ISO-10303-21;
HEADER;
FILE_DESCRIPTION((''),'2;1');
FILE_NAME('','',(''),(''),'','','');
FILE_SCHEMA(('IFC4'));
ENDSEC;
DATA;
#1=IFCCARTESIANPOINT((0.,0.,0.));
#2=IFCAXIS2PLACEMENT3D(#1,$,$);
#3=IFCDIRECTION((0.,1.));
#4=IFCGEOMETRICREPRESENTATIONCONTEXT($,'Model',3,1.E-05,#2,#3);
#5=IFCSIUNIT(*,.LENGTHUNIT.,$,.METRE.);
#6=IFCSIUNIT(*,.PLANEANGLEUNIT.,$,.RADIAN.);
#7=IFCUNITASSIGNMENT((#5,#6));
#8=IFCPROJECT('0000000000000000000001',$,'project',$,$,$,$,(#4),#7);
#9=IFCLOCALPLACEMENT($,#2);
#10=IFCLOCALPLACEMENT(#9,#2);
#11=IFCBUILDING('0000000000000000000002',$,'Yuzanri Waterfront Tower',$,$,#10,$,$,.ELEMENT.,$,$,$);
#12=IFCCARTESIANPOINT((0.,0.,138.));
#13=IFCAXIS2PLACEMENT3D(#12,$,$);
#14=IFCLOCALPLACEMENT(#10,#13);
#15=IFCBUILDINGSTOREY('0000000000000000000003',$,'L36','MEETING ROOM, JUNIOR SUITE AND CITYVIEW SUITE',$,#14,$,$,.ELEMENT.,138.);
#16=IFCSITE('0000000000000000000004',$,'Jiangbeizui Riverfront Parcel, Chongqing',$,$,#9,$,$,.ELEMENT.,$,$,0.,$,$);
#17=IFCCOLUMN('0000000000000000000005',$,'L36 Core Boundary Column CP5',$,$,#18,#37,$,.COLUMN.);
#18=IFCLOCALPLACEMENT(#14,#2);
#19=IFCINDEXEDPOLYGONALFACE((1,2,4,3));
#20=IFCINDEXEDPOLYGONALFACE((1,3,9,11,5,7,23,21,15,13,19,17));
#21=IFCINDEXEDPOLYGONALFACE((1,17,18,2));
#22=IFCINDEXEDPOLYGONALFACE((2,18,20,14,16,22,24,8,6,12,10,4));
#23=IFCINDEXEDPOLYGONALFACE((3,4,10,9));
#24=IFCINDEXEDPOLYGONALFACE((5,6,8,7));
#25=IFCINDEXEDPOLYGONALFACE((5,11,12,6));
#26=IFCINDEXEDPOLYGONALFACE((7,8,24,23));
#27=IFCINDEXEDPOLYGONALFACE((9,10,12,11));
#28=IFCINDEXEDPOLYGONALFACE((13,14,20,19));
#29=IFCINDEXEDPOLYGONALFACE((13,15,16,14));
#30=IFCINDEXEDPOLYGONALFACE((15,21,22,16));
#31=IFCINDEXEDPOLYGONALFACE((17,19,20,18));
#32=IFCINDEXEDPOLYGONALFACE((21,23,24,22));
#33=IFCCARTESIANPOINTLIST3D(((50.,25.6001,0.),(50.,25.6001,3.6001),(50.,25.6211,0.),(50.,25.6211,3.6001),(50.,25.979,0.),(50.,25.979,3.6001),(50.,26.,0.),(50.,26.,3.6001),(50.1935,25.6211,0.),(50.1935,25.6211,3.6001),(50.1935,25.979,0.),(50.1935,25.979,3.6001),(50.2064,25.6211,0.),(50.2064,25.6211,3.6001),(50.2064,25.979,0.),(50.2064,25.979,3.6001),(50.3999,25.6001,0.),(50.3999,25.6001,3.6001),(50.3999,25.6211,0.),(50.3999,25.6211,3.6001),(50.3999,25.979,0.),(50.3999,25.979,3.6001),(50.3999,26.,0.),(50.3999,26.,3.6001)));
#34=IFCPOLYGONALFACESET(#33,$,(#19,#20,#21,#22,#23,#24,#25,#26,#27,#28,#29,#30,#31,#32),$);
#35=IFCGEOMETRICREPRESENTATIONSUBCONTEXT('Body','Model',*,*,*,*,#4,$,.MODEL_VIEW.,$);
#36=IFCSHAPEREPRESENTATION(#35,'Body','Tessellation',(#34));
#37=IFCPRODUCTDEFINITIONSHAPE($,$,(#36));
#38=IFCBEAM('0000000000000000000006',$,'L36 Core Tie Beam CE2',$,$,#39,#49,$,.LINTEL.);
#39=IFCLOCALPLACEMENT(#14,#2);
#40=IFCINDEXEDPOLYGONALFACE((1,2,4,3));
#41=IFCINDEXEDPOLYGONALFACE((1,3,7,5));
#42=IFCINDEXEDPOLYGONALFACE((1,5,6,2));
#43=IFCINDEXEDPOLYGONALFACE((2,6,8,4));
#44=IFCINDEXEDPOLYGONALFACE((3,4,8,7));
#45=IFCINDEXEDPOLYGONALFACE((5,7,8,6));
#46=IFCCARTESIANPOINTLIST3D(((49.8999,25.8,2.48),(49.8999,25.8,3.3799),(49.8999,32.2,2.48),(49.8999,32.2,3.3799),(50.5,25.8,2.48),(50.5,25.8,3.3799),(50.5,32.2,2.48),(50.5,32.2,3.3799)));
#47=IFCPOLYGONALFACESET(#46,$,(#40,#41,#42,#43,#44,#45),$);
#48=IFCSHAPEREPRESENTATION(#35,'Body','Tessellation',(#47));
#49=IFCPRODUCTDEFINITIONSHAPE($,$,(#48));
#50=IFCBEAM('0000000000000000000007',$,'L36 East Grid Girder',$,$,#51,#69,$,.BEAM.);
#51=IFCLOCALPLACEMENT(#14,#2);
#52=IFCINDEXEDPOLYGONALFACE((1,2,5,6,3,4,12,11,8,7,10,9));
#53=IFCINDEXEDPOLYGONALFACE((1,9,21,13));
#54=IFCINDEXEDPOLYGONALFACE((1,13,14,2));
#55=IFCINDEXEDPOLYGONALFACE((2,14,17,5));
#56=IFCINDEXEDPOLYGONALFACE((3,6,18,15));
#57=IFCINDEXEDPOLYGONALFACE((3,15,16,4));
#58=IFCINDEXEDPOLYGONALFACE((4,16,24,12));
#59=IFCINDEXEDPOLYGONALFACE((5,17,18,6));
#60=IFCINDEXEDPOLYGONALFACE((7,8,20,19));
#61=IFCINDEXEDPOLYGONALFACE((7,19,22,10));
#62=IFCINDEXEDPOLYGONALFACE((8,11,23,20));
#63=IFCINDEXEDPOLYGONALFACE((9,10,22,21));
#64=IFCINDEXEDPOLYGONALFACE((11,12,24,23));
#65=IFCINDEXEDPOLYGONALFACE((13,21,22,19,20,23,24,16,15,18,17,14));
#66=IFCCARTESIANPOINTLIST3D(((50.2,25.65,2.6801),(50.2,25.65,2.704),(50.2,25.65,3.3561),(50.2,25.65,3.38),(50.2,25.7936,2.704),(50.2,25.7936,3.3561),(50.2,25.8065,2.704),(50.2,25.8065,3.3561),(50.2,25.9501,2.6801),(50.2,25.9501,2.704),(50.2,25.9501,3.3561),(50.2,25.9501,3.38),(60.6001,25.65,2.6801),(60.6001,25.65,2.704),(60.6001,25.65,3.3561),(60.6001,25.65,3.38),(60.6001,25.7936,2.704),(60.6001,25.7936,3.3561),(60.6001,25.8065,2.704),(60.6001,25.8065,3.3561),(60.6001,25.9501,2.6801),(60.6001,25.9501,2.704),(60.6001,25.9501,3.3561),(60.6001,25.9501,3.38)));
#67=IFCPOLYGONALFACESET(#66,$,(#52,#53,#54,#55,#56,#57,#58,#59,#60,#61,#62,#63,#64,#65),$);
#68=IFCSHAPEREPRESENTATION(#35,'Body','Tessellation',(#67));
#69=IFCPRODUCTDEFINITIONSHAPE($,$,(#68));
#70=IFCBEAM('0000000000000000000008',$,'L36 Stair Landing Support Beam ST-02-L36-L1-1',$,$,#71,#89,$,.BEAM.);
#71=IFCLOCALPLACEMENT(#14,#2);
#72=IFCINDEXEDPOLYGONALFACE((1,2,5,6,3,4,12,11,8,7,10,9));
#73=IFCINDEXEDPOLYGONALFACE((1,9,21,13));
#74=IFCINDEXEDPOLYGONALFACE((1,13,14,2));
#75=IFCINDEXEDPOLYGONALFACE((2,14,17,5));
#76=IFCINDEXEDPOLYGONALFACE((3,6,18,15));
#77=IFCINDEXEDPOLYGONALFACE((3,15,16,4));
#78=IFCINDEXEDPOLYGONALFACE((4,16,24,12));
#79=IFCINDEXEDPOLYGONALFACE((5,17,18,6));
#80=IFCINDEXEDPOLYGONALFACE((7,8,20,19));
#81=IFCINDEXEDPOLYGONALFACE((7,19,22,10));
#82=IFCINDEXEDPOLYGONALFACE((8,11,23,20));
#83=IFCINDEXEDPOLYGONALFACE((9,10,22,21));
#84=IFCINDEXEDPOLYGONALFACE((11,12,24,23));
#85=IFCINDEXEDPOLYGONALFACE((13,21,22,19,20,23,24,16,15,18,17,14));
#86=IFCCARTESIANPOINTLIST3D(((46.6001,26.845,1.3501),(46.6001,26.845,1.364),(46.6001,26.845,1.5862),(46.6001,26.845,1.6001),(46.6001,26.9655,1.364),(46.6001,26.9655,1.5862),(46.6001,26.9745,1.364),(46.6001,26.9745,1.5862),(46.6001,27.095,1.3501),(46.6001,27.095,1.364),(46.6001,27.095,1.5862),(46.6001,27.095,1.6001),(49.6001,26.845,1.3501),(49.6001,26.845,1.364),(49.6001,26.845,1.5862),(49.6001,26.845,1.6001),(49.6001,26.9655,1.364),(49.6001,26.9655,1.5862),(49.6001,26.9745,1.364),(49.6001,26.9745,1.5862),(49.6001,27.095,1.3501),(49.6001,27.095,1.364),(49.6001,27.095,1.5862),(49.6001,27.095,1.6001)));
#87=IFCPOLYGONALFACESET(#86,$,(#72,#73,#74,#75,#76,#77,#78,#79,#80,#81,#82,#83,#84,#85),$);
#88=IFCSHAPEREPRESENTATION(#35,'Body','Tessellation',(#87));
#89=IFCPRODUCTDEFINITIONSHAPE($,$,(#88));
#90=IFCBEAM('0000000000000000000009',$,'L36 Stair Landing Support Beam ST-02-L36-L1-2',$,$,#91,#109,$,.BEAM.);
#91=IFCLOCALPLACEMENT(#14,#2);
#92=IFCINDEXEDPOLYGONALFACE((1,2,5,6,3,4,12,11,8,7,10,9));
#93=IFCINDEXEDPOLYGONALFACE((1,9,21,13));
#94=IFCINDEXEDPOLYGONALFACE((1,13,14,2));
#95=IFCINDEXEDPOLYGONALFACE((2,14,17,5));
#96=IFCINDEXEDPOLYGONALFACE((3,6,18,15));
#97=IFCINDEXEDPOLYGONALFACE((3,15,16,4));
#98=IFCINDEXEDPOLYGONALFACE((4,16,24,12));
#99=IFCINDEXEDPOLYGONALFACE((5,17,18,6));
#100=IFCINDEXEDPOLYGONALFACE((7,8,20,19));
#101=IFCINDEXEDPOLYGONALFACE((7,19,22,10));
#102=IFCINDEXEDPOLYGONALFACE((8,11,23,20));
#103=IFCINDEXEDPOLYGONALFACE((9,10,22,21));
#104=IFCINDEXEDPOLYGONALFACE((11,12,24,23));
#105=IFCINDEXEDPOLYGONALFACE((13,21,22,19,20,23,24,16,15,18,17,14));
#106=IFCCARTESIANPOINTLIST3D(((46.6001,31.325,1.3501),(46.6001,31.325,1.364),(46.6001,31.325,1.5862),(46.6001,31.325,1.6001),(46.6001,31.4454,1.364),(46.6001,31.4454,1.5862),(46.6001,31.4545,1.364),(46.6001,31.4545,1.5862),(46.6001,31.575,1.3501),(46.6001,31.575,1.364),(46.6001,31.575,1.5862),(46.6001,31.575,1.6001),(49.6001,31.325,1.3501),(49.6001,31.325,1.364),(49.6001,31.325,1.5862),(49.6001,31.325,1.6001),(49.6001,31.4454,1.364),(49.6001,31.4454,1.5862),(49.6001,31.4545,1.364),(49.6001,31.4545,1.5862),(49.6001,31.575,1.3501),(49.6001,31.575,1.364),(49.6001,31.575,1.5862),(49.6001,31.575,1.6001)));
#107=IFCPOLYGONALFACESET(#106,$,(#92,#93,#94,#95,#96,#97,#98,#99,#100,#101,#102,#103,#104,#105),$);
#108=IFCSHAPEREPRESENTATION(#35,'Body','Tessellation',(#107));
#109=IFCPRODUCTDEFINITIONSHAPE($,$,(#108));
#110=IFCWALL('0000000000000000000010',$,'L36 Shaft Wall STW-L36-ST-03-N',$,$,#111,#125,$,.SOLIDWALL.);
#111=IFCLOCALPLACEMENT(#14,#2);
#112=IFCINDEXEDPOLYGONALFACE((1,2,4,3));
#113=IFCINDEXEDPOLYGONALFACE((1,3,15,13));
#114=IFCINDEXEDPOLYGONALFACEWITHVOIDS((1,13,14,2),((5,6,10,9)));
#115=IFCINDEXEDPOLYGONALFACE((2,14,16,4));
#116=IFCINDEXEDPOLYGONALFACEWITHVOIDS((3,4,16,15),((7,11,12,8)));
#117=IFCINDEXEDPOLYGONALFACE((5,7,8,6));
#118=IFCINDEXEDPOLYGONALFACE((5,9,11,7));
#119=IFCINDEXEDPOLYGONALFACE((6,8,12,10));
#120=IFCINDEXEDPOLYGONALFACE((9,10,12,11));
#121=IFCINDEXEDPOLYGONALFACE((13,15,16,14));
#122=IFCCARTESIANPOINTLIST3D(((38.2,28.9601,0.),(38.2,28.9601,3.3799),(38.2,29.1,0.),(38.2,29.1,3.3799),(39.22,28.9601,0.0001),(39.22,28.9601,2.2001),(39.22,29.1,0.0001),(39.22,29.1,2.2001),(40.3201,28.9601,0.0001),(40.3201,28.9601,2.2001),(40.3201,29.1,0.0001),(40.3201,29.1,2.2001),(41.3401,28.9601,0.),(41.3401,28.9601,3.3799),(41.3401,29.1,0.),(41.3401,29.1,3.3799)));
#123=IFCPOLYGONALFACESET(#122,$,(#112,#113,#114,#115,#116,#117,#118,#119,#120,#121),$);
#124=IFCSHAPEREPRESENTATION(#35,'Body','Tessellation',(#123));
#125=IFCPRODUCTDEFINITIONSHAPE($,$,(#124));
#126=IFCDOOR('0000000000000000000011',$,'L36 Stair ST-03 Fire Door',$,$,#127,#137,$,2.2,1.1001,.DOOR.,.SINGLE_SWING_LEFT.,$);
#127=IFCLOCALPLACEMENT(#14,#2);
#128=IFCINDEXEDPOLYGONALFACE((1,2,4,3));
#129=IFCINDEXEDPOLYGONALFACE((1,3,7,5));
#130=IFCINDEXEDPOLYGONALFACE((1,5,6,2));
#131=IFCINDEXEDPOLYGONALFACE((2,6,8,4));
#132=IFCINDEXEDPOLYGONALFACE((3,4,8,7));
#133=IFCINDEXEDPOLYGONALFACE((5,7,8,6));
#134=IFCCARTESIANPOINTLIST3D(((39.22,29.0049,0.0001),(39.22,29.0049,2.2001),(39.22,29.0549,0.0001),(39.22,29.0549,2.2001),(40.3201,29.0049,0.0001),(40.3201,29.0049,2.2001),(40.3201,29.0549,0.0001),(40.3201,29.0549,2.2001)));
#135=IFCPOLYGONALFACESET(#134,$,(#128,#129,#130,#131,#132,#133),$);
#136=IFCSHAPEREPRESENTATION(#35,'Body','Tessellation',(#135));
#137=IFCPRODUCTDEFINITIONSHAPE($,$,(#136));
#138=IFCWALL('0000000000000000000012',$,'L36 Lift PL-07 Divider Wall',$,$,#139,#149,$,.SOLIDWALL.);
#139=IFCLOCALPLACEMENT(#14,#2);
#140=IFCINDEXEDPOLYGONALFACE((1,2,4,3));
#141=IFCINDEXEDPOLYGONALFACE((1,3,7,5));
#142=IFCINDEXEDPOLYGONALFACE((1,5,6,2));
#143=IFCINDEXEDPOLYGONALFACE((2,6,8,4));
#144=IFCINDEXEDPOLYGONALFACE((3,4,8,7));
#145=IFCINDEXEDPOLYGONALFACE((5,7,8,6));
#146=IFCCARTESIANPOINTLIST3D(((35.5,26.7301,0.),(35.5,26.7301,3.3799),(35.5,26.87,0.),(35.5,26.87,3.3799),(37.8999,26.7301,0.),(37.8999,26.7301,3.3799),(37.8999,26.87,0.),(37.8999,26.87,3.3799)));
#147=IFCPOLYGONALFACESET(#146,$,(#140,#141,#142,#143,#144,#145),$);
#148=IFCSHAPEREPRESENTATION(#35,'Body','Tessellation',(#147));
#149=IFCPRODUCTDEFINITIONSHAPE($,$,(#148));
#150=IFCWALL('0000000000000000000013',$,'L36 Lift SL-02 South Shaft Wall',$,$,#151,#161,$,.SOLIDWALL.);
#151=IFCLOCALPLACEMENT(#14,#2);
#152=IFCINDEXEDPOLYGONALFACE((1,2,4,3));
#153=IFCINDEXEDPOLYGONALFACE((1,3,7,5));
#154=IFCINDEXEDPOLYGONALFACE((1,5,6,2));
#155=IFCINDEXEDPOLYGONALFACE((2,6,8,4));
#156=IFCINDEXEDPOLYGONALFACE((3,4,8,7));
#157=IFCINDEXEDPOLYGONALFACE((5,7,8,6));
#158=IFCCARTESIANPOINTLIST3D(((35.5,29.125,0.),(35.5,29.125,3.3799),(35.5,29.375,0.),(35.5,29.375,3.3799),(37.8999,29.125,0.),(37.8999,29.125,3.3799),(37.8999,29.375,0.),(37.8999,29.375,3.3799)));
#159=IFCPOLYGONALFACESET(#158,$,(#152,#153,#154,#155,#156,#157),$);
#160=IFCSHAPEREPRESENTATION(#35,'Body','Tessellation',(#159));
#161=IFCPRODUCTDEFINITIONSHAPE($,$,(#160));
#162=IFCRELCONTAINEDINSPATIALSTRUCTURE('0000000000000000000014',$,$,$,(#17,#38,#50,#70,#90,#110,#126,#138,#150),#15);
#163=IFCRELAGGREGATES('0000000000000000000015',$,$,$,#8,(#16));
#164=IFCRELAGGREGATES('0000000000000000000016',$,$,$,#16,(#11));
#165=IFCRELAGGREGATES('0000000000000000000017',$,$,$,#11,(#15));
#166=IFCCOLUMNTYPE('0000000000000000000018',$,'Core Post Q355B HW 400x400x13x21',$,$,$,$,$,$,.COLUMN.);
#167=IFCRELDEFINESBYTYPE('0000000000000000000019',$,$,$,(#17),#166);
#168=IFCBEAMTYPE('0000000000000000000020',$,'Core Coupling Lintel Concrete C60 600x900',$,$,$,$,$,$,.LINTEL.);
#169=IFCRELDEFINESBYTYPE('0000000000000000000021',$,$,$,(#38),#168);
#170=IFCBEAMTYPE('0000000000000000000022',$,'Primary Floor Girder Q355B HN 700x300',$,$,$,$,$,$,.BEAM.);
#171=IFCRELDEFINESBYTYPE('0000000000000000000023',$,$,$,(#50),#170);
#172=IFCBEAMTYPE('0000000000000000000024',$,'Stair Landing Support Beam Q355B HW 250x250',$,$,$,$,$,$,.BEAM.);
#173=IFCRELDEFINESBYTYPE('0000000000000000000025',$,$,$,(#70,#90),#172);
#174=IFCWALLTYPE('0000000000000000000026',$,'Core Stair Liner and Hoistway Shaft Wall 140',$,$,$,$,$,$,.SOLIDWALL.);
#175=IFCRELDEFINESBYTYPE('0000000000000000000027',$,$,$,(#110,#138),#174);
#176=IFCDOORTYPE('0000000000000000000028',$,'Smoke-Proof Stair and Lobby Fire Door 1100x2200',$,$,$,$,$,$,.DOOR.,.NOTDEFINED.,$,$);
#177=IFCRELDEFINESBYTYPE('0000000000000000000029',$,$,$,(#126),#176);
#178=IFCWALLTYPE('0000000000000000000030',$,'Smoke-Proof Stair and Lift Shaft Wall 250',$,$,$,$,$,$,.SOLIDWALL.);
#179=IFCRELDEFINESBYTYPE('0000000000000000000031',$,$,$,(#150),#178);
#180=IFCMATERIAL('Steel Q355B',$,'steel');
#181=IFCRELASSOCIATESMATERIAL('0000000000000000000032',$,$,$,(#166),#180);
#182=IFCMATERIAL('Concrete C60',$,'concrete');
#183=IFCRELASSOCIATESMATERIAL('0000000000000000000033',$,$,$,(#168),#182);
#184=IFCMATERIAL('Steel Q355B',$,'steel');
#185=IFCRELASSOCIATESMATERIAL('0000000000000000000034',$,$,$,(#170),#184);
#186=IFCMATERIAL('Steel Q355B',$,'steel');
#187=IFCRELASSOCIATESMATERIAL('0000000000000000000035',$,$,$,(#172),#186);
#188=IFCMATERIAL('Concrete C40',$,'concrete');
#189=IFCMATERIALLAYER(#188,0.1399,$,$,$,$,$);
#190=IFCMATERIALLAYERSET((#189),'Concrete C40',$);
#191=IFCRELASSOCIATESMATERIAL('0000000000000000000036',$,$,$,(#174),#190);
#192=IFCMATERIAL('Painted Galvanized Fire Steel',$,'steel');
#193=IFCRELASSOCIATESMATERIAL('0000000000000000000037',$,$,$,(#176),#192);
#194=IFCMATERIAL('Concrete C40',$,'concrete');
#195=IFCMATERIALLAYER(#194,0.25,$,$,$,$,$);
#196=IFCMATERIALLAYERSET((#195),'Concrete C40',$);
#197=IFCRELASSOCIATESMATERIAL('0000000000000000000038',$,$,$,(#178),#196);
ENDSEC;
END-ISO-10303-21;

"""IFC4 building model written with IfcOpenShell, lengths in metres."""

from ifc_helpers import new_model, si_unit, direction, frame, frame_2d, origin, origin_2d, place, context, subcontext, project, spatial, rectangle, i_section, extrude, source, transform, mapped, material, layer, layer_set, material_profile, profile_set, type_object, element, fill, save


model = new_model("IFC4")

# Units and contexts
model_context = context("Model", 3, precision=1e-05, world=origin(), true_north=direction((0.0, 1.0)))
body_context = subcontext(model_context, "Body", "Model", "MODEL_VIEW")
ifc_project = project(units=[si_unit("LENGTHUNIT", "METRE"), si_unit("PLANEANGLEUNIT", "RADIAN")], contexts=[model_context])

# Site, building, storey
site_placement = place(None, origin())
site = spatial("IfcSite", under=ifc_project, at=site_placement, Name="Jiangbeizui Riverfront Parcel, Chongqing", CompositionType="ELEMENT", RefElevation=0.0)
building_placement = place(site_placement, origin())
building = spatial("IfcBuilding", under=site, at=building_placement, Name="Yuzanri Waterfront Tower", CompositionType="ELEMENT")
storey_placement = place(building_placement, frame((0.0, 0.0, 138.0)))
storey = spatial("IfcBuildingStorey", under=building, at=storey_placement, Name="L36", Description="MEETING ROOM, JUNIOR SUITE AND CITYVIEW SUITE", CompositionType="ELEMENT", Elevation=138.0)

# Column
ifc_material_1 = material(Name="Steel Q355B", Category="steel")
ifc_material_profile_1 = material_profile(ifc_material_1, i_section(OverallWidth=0.3999, OverallDepth=0.3999, WebThickness=0.0129, FlangeThickness=0.021, at=origin_2d()), Name="HW 400x400x13x21")
ifc_profile_set_1 = profile_set([ifc_material_profile_1], Name="Steel Q355B")
column_type = type_object("IfcColumnType", Name="Core Post Q355B HW 400x400x13x21", PredefinedType="COLUMN", material=ifc_profile_set_1)
shared_shape_1 = source(origin(), body_context, "Body", "SweptSolid", [
    extrude(i_section(OverallWidth=0.3999, OverallDepth=0.3999, WebThickness=0.0129, FlangeThickness=0.021, at=origin_2d()), origin(), (0.0, 0.0, 1.0), 3.6001),
])
column_placement = place(storey_placement, frame((50.2, 25.8, 0.0), z_axis=(0.0, 0.0, 1.0), x_axis=(1.0, 0.0, 0.0)))
element("IfcColumn", 1, at=column_placement, inside=storey, type_object=column_type, Name="L36 Core Boundary Column CP5", PredefinedType="COLUMN", context=body_context, shape_type="MappedRepresentation", body=[
    mapped(shared_shape_1, transform((0.0, 0.0, 0.0), scale=1.0)),
])

# Beams
ifc_material_2 = material(Name="Concrete C60", Category="concrete")
ifc_material_profile_2 = material_profile(ifc_material_2, rectangle(XDim=0.6001, YDim=0.8999, at=origin_2d()), Name="RC 600x900")
ifc_profile_set_2 = profile_set([ifc_material_profile_2], Name="Concrete C60")
beam_type_1 = type_object("IfcBeamType", Name="Core Coupling Lintel Concrete C60 600x900", PredefinedType="LINTEL", material=ifc_profile_set_2)
shared_shape_2 = source(origin(), body_context, "Body", "SweptSolid", [
    extrude(rectangle(XDim=0.6001, YDim=0.8999, at=origin_2d()), origin(), (0.0, 0.0, 1.0), 6.3999),
])
beam_1_placement = place(storey_placement, frame((50.2, 25.8, 2.9299), z_axis=(0.0, 1.0, 0.0), x_axis=(-1.0, 0.0, 0.0)))
element("IfcBeam", 2, at=beam_1_placement, inside=storey, type_object=beam_type_1, Name="L36 Core Tie Beam CE2", PredefinedType="LINTEL", context=body_context, shape_type="MappedRepresentation", body=[
    mapped(shared_shape_2, transform((0.0, 0.0, 0.0), scale=1.0)),
])
ifc_material_3 = material(Name="Steel Q355B", Category="steel")
ifc_material_profile_3 = material_profile(ifc_material_3, i_section(OverallWidth=0.3, OverallDepth=0.7, WebThickness=0.0129, FlangeThickness=0.0239, at=origin_2d()), Name="HN 700x300x13x24")
ifc_profile_set_3 = profile_set([ifc_material_profile_3], Name="Steel Q355B")
beam_type_2 = type_object("IfcBeamType", Name="Primary Floor Girder Q355B HN 700x300", PredefinedType="BEAM", material=ifc_profile_set_3)
shared_shape_3 = source(origin(), body_context, "Body", "SweptSolid", [
    extrude(i_section(OverallWidth=0.3, OverallDepth=0.7, WebThickness=0.0129, FlangeThickness=0.0239, at=origin_2d()), origin(), (0.0, 0.0, 1.0), 10.4001),
])
beam_2_placement = place(storey_placement, frame((50.2, 25.8, 3.03), z_axis=(1.0, 0.0, 0.0), x_axis=(0.0, 1.0, 0.0)))
element("IfcBeam", 3, at=beam_2_placement, inside=storey, type_object=beam_type_2, Name="L36 East Grid Girder", PredefinedType="BEAM", context=body_context, shape_type="MappedRepresentation", body=[
    mapped(shared_shape_3, transform((0.0, 0.0, 0.0), scale=1.0)),
])
ifc_material_4 = material(Name="Steel Q355B", Category="steel")
ifc_material_profile_4 = material_profile(ifc_material_4, i_section(OverallWidth=0.25, OverallDepth=0.25, WebThickness=0.009, FlangeThickness=0.0139, at=origin_2d()), Name="HW 250x250x9x14")
ifc_profile_set_4 = profile_set([ifc_material_profile_4], Name="Steel Q355B")
beam_type_3 = type_object("IfcBeamType", Name="Stair Landing Support Beam Q355B HW 250x250", PredefinedType="BEAM", material=ifc_profile_set_4)
shared_shape_4 = source(origin(), body_context, "Body", "SweptSolid", [
    extrude(i_section(OverallWidth=0.25, OverallDepth=0.25, WebThickness=0.009, FlangeThickness=0.0139, at=origin_2d()), origin(), (0.0, 0.0, 1.0), 3.0),
])
for number, where, z_axis, x_axis, name in (
    (4, (46.6001, 26.97, 1.4751), (1.0, 0.0, 0.0), (0.0, 1.0, 0.0), "L36 Stair Landing Support Beam ST-02-L36-L1-1"),
    (5, (46.6001, 31.45, 1.4751), (1.0, 0.0, 0.0), (0.0, 1.0, 0.0), "L36 Stair Landing Support Beam ST-02-L36-L1-2"),
):
    element("IfcBeam", number, at=place(storey_placement, frame(where, z_axis=z_axis, x_axis=x_axis)), inside=storey, type_object=beam_type_3, Name=name, PredefinedType="BEAM", context=body_context, shape_type="MappedRepresentation", body=[
        mapped(shared_shape_4, transform((0.0, 0.0, 0.0), scale=1.0)),
    ])

# Wall, opening, door
ifc_material_5 = material(Name="Concrete C40", Category="concrete")
ifc_layer_1 = layer(ifc_material_5, 0.1399)
ifc_layer_set_1 = layer_set([ifc_layer_1], Name="Concrete C40")
wall_type_1 = type_object("IfcWallType", Name="Core Stair Liner and Hoistway Shaft Wall 140", PredefinedType="SOLIDWALL", material=ifc_layer_set_1)
wall_1_placement = place(storey_placement, frame((38.2, 29.03, 0.0), z_axis=(0.0, 0.0, 1.0), x_axis=(1.0, 0.0, 0.0)))
wall_1 = element("IfcWall", 6, at=wall_1_placement, inside=storey, type_object=wall_type_1, Name="L36 Shaft Wall STW-L36-ST-03-N", PredefinedType="SOLIDWALL", context=body_context, shape_type="SweptSolid", body=[
    extrude(rectangle(XDim=3.1401, YDim=0.1399, at=frame_2d((1.5701, 0.0))), origin(), (0.0, 0.0, 1.0), 3.3799),
])
opening_placement = place(wall_1_placement, frame((1.02, 0.0, 0.0)))
opening = element("IfcOpeningElement", 7, at=opening_placement, cuts=wall_1, PredefinedType="OPENING", context=body_context, shape_type="SweptSolid", body=[
    extrude(rectangle(XDim=1.1001, YDim=2.2, at=frame_2d((0.55, 1.1001))), frame((0.0, 0.085, 0.0), z_axis=(0.0, -1.0, 0.0), x_axis=(1.0, 0.0, 0.0)), (0.0, 0.0, 1.0), 0.1697),
])
ifc_material_6 = material(Name="Painted Galvanized Fire Steel", Category="steel")
door_type = type_object("IfcDoorType", Name="Smoke-Proof Stair and Lobby Fire Door 1100x2200", OperationType="NOTDEFINED", PredefinedType="DOOR", material=ifc_material_6)
shared_shape_5 = source(origin(), body_context, "Body", "SweptSolid", [
    extrude(rectangle(XDim=1.1001, YDim=2.2, at=frame_2d((0.55, 1.1001))), frame((0.0, 0.0249, 0.0), z_axis=(0.0, -1.0, 0.0), x_axis=(1.0, 0.0, 0.0)), (0.0, 0.0, 1.0), 0.05),
])
door_placement = place(opening_placement, origin())
door = element("IfcDoor", 8, at=door_placement, inside=storey, type_object=door_type, Name="L36 Stair ST-03 Fire Door", OperationType="SINGLE_SWING_LEFT", OverallHeight=2.2, OverallWidth=1.1001, PredefinedType="DOOR", context=body_context, shape_type="MappedRepresentation", body=[
    mapped(shared_shape_5, transform((0.0, 0.0, 0.0), scale=1.0)),
])
fill(opening, door)

# Walls
shared_shape_6 = source(origin(), body_context, "Body", "SweptSolid", [
    extrude(rectangle(XDim=2.3999, YDim=0.1399, at=frame_2d((1.2, 0.0))), origin(), (0.0, 0.0, 1.0), 3.3799),
])
wall_2_placement = place(storey_placement, frame((35.5, 26.8, 0.0), z_axis=(0.0, 0.0, 1.0), x_axis=(1.0, 0.0, 0.0)))
element("IfcWall", 9, at=wall_2_placement, inside=storey, type_object=wall_type_1, Name="L36 Lift PL-07 Divider Wall", PredefinedType="SOLIDWALL", context=body_context, shape_type="MappedRepresentation", body=[
    mapped(shared_shape_6, transform((0.0, 0.0, 0.0), scale=1.0)),
])
ifc_material_7 = material(Name="Concrete C40", Category="concrete")
ifc_layer_2 = layer(ifc_material_7, 0.25)
ifc_layer_set_2 = layer_set([ifc_layer_2], Name="Concrete C40")
wall_type_2 = type_object("IfcWallType", Name="Smoke-Proof Stair and Lift Shaft Wall 250", PredefinedType="SOLIDWALL", material=ifc_layer_set_2)
shared_shape_7 = source(origin(), body_context, "Body", "SweptSolid", [
    extrude(rectangle(XDim=2.3999, YDim=0.25, at=frame_2d((1.2, 0.0))), origin(), (0.0, 0.0, 1.0), 3.3799),
])
wall_3_placement = place(storey_placement, frame((35.5, 29.25, 0.0), z_axis=(0.0, 0.0, 1.0), x_axis=(1.0, 0.0, 0.0)))
element("IfcWall", 10, at=wall_3_placement, inside=storey, type_object=wall_type_2, Name="L36 Lift SL-02 South Shaft Wall", PredefinedType="SOLIDWALL", context=body_context, shape_type="MappedRepresentation", body=[
    mapped(shared_shape_7, transform((0.0, 0.0, 0.0), scale=1.0)),
])

save(model, "model.ifc")
